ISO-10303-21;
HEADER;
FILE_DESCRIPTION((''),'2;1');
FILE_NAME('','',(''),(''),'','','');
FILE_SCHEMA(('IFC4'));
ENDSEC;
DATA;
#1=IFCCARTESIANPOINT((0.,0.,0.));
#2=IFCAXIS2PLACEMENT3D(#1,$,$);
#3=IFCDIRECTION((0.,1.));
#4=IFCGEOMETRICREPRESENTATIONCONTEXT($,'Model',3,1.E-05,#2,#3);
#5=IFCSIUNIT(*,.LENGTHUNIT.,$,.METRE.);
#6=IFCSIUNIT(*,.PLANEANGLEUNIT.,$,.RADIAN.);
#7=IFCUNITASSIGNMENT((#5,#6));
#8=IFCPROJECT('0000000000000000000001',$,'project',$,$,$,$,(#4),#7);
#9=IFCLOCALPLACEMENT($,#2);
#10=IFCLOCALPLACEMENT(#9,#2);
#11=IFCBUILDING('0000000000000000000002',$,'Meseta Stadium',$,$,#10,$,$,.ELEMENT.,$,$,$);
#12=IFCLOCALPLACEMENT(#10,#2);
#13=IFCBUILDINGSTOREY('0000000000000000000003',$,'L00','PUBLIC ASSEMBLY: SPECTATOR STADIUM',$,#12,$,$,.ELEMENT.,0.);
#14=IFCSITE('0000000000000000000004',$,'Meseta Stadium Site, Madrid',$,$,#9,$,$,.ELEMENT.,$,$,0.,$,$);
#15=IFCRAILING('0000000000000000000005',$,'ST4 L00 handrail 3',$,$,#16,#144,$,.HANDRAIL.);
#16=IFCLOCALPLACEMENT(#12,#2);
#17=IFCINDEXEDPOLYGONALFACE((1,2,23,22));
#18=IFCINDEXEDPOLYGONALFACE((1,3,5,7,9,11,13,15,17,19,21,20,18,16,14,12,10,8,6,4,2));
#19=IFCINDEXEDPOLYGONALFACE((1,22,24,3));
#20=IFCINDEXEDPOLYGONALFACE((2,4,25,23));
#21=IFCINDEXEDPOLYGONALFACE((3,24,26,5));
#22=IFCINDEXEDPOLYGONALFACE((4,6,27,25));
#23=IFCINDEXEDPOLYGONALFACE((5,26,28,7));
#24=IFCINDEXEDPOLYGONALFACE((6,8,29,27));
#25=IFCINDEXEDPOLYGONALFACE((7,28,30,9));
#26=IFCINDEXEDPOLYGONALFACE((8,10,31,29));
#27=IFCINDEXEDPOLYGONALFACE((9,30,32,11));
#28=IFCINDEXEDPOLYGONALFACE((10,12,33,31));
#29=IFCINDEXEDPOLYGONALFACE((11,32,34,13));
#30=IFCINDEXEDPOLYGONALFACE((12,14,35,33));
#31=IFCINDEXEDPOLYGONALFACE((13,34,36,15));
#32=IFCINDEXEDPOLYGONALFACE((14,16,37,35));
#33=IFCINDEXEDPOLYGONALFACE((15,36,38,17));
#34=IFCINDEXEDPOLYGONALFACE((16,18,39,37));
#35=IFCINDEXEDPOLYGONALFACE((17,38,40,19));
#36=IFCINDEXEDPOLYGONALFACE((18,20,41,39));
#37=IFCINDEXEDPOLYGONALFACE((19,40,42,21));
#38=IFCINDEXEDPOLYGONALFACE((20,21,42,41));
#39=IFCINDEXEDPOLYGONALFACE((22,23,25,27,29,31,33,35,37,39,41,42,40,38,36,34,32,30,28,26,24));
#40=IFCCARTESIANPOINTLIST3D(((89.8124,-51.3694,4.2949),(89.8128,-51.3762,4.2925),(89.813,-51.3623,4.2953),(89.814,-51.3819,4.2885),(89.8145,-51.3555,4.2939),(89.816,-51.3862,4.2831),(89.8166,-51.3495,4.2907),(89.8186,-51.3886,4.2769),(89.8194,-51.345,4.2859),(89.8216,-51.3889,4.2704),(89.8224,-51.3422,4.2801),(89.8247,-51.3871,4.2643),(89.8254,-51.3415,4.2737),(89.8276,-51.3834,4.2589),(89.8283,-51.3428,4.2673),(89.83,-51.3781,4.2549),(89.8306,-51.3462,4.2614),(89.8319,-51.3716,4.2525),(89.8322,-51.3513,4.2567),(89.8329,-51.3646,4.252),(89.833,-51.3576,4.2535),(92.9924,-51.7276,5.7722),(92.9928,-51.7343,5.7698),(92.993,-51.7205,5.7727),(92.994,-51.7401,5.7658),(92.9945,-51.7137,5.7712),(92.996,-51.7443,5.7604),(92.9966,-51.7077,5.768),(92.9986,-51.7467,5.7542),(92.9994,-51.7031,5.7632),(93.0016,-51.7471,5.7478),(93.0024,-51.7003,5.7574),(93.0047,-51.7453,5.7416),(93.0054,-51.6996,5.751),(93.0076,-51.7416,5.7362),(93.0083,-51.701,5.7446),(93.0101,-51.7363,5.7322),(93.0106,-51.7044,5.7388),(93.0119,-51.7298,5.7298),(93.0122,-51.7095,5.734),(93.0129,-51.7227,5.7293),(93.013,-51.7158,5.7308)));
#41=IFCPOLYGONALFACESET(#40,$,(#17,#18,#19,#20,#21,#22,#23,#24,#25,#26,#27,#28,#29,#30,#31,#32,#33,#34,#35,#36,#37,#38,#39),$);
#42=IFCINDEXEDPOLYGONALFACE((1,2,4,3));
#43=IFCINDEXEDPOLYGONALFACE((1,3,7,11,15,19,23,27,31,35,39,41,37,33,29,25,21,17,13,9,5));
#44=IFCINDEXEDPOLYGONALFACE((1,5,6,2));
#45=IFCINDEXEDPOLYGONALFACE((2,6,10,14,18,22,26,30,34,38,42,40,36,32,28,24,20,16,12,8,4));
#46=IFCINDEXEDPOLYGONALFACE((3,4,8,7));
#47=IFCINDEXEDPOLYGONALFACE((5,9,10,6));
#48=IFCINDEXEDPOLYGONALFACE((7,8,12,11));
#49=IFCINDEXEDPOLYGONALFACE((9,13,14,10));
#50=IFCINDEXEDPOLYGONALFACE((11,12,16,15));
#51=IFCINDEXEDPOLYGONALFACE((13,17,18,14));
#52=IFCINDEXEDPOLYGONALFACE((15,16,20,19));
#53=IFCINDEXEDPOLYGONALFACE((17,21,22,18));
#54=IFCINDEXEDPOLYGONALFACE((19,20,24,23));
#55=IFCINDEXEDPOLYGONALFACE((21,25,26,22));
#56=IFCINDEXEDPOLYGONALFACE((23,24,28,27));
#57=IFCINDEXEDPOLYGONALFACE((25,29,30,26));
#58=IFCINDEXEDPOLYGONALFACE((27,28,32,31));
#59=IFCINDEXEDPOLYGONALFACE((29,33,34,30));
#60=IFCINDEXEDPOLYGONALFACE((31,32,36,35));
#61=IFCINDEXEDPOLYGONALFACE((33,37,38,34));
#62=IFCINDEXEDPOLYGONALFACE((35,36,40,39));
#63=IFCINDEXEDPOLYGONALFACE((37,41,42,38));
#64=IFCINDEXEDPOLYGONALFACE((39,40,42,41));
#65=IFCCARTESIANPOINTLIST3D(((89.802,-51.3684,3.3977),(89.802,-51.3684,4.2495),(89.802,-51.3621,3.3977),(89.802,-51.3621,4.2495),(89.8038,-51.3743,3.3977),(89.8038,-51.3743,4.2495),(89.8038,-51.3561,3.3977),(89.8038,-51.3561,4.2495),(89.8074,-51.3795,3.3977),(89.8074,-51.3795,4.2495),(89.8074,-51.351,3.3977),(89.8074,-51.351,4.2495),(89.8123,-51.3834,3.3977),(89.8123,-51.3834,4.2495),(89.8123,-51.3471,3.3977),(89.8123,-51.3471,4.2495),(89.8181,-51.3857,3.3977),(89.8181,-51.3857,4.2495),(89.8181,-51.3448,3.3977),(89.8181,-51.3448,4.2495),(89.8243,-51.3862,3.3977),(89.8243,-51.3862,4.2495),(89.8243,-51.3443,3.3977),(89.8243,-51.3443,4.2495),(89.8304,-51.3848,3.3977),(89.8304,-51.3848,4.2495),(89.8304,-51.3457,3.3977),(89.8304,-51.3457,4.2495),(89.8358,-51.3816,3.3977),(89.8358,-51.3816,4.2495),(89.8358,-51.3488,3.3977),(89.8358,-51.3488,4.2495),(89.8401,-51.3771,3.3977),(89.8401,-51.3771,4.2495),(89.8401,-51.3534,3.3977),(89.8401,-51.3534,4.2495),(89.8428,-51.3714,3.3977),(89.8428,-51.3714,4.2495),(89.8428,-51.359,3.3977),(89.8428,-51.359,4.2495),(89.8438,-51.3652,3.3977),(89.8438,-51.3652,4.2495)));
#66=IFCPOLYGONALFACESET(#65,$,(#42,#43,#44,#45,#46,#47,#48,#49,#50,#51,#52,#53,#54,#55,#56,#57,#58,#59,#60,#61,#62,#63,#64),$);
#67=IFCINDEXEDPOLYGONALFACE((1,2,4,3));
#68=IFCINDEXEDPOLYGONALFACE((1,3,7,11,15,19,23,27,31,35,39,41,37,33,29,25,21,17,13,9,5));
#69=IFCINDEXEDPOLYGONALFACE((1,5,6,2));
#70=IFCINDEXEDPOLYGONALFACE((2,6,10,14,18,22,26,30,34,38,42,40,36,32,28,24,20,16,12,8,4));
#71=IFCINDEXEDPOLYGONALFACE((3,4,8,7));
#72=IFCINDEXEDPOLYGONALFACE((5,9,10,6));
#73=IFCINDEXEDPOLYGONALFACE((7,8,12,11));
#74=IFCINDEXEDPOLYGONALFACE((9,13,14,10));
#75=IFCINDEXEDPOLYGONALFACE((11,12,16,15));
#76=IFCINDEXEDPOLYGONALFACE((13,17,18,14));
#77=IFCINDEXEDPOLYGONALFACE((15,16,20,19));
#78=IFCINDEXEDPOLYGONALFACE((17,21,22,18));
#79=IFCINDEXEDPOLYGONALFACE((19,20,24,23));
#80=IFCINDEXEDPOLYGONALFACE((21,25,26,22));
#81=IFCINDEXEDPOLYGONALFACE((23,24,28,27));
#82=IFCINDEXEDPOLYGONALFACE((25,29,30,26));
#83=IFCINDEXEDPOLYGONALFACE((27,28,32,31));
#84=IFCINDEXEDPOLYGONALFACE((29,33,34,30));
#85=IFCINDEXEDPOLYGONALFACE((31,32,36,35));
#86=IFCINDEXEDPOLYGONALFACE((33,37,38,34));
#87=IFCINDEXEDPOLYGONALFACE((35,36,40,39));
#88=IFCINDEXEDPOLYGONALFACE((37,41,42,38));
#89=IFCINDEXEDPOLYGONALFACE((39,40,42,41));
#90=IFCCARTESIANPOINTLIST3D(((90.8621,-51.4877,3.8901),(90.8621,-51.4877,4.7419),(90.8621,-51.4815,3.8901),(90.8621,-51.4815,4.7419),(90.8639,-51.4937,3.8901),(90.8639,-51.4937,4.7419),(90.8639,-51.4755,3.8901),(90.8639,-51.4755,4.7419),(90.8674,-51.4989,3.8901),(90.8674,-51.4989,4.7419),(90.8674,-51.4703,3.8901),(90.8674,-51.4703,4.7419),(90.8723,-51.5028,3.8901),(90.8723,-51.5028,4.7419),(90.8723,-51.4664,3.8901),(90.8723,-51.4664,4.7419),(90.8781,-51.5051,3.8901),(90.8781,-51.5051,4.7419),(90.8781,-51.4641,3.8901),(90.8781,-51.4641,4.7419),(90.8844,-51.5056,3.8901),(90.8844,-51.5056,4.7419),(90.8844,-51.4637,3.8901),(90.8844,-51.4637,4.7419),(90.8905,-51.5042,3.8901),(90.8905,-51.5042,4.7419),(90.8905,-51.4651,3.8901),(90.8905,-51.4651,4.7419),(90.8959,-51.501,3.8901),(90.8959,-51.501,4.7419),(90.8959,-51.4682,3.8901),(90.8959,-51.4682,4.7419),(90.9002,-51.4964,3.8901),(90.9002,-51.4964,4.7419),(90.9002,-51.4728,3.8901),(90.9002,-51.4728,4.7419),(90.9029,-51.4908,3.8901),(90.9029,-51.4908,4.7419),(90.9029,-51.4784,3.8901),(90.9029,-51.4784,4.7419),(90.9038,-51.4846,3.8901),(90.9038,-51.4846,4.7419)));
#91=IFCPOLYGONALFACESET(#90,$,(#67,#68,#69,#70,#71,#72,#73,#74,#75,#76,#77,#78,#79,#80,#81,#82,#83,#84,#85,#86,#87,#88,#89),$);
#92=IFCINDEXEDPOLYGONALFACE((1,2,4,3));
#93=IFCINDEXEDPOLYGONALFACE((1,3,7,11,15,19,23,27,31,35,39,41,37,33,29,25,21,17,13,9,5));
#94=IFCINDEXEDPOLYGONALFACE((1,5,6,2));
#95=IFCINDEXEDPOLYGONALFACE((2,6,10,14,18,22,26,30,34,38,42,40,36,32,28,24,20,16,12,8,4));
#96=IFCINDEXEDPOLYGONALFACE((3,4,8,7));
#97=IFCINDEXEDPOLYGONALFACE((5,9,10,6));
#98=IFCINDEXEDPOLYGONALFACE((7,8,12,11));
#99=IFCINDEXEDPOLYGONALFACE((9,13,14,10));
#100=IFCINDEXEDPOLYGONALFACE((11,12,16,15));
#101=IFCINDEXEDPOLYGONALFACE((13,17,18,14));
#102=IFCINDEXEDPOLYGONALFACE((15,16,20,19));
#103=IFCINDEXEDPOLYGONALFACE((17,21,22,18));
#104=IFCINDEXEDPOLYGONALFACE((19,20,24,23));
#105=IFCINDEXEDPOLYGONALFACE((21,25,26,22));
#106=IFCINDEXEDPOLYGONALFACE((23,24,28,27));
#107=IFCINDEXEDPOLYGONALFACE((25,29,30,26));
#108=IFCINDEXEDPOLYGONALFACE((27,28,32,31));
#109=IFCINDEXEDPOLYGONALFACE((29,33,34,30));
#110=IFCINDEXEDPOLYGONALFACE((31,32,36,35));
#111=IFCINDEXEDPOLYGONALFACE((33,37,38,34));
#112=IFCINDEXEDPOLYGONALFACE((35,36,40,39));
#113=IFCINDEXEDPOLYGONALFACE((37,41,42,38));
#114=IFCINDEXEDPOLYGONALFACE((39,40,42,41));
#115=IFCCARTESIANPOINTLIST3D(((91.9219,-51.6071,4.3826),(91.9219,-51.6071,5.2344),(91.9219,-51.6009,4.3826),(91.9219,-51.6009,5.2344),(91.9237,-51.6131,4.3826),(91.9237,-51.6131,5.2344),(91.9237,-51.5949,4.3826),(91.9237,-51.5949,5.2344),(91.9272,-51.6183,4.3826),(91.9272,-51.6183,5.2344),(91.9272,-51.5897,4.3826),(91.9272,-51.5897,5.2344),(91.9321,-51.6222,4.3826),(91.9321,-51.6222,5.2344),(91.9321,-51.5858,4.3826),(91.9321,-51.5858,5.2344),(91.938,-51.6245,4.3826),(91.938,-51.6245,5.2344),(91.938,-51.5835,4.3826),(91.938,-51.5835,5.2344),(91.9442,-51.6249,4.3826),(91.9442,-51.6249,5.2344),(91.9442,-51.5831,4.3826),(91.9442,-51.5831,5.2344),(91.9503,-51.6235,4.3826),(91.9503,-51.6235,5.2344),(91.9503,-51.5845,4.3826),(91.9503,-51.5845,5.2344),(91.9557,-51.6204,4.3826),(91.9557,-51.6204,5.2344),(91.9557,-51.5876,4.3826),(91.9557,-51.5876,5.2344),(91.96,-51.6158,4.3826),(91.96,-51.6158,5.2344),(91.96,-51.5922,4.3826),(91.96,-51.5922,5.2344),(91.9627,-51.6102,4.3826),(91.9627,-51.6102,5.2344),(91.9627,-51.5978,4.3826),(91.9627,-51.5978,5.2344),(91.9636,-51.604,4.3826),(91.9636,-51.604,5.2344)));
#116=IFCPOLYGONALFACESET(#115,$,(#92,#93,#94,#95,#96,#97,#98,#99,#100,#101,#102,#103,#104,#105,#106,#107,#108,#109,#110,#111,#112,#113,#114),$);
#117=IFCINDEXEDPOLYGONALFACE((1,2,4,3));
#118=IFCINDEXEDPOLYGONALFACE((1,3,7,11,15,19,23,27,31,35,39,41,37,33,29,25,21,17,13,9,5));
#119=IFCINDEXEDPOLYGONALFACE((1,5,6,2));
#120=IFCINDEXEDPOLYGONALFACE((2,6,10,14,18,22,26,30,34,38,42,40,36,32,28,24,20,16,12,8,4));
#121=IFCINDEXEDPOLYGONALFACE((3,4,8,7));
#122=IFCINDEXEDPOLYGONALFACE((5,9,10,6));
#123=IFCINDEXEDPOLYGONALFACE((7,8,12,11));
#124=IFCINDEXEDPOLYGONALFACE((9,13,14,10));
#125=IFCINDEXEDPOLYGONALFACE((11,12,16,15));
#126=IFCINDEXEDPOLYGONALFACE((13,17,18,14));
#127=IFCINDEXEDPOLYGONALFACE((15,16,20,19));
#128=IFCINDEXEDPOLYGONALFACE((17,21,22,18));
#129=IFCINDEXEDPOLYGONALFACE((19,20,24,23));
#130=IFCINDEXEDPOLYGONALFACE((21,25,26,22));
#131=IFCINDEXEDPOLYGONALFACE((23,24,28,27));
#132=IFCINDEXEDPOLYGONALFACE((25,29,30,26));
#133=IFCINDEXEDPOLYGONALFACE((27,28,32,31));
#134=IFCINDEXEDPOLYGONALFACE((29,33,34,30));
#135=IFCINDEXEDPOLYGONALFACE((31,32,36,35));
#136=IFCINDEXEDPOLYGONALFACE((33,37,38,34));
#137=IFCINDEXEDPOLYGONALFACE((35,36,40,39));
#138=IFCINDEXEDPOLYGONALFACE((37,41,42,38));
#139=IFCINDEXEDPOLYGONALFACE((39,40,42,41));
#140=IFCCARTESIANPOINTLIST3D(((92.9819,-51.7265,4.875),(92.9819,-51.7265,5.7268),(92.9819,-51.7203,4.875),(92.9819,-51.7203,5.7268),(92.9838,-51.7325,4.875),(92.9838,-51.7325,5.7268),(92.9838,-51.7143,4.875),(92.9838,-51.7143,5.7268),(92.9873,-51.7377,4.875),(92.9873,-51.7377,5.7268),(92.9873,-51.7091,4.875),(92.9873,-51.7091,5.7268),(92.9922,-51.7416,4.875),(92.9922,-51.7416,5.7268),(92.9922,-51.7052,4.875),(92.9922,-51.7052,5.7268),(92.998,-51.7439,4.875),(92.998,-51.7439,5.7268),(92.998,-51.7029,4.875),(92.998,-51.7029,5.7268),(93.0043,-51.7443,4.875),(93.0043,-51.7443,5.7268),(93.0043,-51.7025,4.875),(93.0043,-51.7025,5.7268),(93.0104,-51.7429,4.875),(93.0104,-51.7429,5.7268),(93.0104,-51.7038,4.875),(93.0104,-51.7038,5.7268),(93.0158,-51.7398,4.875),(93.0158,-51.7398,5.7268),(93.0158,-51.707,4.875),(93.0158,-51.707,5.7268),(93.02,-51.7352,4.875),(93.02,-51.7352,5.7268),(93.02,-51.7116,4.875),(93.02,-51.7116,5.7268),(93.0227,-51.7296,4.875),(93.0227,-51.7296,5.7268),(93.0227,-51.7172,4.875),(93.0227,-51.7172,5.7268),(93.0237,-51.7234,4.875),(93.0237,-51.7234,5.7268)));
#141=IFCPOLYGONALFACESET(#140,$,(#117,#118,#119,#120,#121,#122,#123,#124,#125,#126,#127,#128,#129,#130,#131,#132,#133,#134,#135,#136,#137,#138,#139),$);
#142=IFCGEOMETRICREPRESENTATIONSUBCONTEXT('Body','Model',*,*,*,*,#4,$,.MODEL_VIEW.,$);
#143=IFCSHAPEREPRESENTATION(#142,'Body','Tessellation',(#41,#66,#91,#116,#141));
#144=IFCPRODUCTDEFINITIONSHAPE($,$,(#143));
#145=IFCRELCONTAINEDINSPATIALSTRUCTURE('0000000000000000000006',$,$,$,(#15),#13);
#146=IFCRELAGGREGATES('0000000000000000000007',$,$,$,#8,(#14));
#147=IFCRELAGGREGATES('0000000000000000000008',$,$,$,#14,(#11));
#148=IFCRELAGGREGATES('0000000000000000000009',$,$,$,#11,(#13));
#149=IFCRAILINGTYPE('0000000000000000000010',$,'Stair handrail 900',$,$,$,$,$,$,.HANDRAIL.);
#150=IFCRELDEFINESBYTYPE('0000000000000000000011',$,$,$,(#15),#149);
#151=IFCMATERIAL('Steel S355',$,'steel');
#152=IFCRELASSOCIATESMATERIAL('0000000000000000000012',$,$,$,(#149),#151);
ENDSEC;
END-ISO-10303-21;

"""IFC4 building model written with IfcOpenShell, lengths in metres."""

from ifc_helpers import new_model, si_unit, direction, frame, origin, origin_2d, place, context, subcontext, project, spatial, circle, extrude, material, type_object, element, save


model = new_model("IFC4")

# Units and contexts
model_context = context("Model", 3, precision=1e-05, world=origin(), true_north=direction((0.0, 1.0)))
body_context = subcontext(model_context, "Body", "Model", "MODEL_VIEW")
ifc_project = project(units=[si_unit("LENGTHUNIT", "METRE"), si_unit("PLANEANGLEUNIT", "RADIAN")], contexts=[model_context])

# Site, building, storey
site_placement = place(None, origin())
site = spatial("IfcSite", under=ifc_project, at=site_placement, Name="Meseta Stadium Site, Madrid", CompositionType="ELEMENT", RefElevation=0.0)
building_placement = place(site_placement, origin())
building = spatial("IfcBuilding", under=site, at=building_placement, Name="Meseta Stadium", CompositionType="ELEMENT")
storey_placement = place(building_placement, origin())
storey = spatial("IfcBuildingStorey", under=building, at=storey_placement, Name="L00", Description="PUBLIC ASSEMBLY: SPECTATOR STADIUM", CompositionType="ELEMENT", Elevation=0.0)

# Railing
ifc_material_1 = material(Name="Steel S355", Category="steel")
railing_type_1 = type_object("IfcRailingType", Name="Stair handrail 900", PredefinedType="HANDRAIL", material=ifc_material_1)
for number, where, name in (
    (1, (89.8228, -51.3652, 3.3977), "ST4 L00 handrail 3"),
):
    element("IfcRailing", number, at=place(storey_placement, frame(where)), inside=storey, type_object=railing_type_1, Name=name, PredefinedType="HANDRAIL", context=body_context, shape_type="SweptSolid", body=[
        extrude(circle(Radius=0.0239, at=origin_2d()), frame((0.0, 0.0, 0.876), z_axis=(0.902217, -0.101616, 0.419141), x_axis=(0.111922, 0.993717, 0.0)), (0.0, 0.0, 1.0), 3.5247),
        extrude(circle(Radius=0.021, at=origin_2d()), origin(), (0.0, 0.0, 1.0), 0.8518),
        extrude(circle(Radius=0.021, at=origin_2d()), frame((1.0601, -0.1194, 0.4924)), (0.0, 0.0, 1.0), 0.8518),
        extrude(circle(Radius=0.021, at=origin_2d()), frame((2.1199, -0.2388, 0.9849)), (0.0, 0.0, 1.0), 0.8518),
        extrude(circle(Radius=0.021, at=origin_2d()), frame((3.1799, -0.3582, 1.4773)), (0.0, 0.0, 1.0), 0.8518),
    ])

save(model, "model.ifc")
